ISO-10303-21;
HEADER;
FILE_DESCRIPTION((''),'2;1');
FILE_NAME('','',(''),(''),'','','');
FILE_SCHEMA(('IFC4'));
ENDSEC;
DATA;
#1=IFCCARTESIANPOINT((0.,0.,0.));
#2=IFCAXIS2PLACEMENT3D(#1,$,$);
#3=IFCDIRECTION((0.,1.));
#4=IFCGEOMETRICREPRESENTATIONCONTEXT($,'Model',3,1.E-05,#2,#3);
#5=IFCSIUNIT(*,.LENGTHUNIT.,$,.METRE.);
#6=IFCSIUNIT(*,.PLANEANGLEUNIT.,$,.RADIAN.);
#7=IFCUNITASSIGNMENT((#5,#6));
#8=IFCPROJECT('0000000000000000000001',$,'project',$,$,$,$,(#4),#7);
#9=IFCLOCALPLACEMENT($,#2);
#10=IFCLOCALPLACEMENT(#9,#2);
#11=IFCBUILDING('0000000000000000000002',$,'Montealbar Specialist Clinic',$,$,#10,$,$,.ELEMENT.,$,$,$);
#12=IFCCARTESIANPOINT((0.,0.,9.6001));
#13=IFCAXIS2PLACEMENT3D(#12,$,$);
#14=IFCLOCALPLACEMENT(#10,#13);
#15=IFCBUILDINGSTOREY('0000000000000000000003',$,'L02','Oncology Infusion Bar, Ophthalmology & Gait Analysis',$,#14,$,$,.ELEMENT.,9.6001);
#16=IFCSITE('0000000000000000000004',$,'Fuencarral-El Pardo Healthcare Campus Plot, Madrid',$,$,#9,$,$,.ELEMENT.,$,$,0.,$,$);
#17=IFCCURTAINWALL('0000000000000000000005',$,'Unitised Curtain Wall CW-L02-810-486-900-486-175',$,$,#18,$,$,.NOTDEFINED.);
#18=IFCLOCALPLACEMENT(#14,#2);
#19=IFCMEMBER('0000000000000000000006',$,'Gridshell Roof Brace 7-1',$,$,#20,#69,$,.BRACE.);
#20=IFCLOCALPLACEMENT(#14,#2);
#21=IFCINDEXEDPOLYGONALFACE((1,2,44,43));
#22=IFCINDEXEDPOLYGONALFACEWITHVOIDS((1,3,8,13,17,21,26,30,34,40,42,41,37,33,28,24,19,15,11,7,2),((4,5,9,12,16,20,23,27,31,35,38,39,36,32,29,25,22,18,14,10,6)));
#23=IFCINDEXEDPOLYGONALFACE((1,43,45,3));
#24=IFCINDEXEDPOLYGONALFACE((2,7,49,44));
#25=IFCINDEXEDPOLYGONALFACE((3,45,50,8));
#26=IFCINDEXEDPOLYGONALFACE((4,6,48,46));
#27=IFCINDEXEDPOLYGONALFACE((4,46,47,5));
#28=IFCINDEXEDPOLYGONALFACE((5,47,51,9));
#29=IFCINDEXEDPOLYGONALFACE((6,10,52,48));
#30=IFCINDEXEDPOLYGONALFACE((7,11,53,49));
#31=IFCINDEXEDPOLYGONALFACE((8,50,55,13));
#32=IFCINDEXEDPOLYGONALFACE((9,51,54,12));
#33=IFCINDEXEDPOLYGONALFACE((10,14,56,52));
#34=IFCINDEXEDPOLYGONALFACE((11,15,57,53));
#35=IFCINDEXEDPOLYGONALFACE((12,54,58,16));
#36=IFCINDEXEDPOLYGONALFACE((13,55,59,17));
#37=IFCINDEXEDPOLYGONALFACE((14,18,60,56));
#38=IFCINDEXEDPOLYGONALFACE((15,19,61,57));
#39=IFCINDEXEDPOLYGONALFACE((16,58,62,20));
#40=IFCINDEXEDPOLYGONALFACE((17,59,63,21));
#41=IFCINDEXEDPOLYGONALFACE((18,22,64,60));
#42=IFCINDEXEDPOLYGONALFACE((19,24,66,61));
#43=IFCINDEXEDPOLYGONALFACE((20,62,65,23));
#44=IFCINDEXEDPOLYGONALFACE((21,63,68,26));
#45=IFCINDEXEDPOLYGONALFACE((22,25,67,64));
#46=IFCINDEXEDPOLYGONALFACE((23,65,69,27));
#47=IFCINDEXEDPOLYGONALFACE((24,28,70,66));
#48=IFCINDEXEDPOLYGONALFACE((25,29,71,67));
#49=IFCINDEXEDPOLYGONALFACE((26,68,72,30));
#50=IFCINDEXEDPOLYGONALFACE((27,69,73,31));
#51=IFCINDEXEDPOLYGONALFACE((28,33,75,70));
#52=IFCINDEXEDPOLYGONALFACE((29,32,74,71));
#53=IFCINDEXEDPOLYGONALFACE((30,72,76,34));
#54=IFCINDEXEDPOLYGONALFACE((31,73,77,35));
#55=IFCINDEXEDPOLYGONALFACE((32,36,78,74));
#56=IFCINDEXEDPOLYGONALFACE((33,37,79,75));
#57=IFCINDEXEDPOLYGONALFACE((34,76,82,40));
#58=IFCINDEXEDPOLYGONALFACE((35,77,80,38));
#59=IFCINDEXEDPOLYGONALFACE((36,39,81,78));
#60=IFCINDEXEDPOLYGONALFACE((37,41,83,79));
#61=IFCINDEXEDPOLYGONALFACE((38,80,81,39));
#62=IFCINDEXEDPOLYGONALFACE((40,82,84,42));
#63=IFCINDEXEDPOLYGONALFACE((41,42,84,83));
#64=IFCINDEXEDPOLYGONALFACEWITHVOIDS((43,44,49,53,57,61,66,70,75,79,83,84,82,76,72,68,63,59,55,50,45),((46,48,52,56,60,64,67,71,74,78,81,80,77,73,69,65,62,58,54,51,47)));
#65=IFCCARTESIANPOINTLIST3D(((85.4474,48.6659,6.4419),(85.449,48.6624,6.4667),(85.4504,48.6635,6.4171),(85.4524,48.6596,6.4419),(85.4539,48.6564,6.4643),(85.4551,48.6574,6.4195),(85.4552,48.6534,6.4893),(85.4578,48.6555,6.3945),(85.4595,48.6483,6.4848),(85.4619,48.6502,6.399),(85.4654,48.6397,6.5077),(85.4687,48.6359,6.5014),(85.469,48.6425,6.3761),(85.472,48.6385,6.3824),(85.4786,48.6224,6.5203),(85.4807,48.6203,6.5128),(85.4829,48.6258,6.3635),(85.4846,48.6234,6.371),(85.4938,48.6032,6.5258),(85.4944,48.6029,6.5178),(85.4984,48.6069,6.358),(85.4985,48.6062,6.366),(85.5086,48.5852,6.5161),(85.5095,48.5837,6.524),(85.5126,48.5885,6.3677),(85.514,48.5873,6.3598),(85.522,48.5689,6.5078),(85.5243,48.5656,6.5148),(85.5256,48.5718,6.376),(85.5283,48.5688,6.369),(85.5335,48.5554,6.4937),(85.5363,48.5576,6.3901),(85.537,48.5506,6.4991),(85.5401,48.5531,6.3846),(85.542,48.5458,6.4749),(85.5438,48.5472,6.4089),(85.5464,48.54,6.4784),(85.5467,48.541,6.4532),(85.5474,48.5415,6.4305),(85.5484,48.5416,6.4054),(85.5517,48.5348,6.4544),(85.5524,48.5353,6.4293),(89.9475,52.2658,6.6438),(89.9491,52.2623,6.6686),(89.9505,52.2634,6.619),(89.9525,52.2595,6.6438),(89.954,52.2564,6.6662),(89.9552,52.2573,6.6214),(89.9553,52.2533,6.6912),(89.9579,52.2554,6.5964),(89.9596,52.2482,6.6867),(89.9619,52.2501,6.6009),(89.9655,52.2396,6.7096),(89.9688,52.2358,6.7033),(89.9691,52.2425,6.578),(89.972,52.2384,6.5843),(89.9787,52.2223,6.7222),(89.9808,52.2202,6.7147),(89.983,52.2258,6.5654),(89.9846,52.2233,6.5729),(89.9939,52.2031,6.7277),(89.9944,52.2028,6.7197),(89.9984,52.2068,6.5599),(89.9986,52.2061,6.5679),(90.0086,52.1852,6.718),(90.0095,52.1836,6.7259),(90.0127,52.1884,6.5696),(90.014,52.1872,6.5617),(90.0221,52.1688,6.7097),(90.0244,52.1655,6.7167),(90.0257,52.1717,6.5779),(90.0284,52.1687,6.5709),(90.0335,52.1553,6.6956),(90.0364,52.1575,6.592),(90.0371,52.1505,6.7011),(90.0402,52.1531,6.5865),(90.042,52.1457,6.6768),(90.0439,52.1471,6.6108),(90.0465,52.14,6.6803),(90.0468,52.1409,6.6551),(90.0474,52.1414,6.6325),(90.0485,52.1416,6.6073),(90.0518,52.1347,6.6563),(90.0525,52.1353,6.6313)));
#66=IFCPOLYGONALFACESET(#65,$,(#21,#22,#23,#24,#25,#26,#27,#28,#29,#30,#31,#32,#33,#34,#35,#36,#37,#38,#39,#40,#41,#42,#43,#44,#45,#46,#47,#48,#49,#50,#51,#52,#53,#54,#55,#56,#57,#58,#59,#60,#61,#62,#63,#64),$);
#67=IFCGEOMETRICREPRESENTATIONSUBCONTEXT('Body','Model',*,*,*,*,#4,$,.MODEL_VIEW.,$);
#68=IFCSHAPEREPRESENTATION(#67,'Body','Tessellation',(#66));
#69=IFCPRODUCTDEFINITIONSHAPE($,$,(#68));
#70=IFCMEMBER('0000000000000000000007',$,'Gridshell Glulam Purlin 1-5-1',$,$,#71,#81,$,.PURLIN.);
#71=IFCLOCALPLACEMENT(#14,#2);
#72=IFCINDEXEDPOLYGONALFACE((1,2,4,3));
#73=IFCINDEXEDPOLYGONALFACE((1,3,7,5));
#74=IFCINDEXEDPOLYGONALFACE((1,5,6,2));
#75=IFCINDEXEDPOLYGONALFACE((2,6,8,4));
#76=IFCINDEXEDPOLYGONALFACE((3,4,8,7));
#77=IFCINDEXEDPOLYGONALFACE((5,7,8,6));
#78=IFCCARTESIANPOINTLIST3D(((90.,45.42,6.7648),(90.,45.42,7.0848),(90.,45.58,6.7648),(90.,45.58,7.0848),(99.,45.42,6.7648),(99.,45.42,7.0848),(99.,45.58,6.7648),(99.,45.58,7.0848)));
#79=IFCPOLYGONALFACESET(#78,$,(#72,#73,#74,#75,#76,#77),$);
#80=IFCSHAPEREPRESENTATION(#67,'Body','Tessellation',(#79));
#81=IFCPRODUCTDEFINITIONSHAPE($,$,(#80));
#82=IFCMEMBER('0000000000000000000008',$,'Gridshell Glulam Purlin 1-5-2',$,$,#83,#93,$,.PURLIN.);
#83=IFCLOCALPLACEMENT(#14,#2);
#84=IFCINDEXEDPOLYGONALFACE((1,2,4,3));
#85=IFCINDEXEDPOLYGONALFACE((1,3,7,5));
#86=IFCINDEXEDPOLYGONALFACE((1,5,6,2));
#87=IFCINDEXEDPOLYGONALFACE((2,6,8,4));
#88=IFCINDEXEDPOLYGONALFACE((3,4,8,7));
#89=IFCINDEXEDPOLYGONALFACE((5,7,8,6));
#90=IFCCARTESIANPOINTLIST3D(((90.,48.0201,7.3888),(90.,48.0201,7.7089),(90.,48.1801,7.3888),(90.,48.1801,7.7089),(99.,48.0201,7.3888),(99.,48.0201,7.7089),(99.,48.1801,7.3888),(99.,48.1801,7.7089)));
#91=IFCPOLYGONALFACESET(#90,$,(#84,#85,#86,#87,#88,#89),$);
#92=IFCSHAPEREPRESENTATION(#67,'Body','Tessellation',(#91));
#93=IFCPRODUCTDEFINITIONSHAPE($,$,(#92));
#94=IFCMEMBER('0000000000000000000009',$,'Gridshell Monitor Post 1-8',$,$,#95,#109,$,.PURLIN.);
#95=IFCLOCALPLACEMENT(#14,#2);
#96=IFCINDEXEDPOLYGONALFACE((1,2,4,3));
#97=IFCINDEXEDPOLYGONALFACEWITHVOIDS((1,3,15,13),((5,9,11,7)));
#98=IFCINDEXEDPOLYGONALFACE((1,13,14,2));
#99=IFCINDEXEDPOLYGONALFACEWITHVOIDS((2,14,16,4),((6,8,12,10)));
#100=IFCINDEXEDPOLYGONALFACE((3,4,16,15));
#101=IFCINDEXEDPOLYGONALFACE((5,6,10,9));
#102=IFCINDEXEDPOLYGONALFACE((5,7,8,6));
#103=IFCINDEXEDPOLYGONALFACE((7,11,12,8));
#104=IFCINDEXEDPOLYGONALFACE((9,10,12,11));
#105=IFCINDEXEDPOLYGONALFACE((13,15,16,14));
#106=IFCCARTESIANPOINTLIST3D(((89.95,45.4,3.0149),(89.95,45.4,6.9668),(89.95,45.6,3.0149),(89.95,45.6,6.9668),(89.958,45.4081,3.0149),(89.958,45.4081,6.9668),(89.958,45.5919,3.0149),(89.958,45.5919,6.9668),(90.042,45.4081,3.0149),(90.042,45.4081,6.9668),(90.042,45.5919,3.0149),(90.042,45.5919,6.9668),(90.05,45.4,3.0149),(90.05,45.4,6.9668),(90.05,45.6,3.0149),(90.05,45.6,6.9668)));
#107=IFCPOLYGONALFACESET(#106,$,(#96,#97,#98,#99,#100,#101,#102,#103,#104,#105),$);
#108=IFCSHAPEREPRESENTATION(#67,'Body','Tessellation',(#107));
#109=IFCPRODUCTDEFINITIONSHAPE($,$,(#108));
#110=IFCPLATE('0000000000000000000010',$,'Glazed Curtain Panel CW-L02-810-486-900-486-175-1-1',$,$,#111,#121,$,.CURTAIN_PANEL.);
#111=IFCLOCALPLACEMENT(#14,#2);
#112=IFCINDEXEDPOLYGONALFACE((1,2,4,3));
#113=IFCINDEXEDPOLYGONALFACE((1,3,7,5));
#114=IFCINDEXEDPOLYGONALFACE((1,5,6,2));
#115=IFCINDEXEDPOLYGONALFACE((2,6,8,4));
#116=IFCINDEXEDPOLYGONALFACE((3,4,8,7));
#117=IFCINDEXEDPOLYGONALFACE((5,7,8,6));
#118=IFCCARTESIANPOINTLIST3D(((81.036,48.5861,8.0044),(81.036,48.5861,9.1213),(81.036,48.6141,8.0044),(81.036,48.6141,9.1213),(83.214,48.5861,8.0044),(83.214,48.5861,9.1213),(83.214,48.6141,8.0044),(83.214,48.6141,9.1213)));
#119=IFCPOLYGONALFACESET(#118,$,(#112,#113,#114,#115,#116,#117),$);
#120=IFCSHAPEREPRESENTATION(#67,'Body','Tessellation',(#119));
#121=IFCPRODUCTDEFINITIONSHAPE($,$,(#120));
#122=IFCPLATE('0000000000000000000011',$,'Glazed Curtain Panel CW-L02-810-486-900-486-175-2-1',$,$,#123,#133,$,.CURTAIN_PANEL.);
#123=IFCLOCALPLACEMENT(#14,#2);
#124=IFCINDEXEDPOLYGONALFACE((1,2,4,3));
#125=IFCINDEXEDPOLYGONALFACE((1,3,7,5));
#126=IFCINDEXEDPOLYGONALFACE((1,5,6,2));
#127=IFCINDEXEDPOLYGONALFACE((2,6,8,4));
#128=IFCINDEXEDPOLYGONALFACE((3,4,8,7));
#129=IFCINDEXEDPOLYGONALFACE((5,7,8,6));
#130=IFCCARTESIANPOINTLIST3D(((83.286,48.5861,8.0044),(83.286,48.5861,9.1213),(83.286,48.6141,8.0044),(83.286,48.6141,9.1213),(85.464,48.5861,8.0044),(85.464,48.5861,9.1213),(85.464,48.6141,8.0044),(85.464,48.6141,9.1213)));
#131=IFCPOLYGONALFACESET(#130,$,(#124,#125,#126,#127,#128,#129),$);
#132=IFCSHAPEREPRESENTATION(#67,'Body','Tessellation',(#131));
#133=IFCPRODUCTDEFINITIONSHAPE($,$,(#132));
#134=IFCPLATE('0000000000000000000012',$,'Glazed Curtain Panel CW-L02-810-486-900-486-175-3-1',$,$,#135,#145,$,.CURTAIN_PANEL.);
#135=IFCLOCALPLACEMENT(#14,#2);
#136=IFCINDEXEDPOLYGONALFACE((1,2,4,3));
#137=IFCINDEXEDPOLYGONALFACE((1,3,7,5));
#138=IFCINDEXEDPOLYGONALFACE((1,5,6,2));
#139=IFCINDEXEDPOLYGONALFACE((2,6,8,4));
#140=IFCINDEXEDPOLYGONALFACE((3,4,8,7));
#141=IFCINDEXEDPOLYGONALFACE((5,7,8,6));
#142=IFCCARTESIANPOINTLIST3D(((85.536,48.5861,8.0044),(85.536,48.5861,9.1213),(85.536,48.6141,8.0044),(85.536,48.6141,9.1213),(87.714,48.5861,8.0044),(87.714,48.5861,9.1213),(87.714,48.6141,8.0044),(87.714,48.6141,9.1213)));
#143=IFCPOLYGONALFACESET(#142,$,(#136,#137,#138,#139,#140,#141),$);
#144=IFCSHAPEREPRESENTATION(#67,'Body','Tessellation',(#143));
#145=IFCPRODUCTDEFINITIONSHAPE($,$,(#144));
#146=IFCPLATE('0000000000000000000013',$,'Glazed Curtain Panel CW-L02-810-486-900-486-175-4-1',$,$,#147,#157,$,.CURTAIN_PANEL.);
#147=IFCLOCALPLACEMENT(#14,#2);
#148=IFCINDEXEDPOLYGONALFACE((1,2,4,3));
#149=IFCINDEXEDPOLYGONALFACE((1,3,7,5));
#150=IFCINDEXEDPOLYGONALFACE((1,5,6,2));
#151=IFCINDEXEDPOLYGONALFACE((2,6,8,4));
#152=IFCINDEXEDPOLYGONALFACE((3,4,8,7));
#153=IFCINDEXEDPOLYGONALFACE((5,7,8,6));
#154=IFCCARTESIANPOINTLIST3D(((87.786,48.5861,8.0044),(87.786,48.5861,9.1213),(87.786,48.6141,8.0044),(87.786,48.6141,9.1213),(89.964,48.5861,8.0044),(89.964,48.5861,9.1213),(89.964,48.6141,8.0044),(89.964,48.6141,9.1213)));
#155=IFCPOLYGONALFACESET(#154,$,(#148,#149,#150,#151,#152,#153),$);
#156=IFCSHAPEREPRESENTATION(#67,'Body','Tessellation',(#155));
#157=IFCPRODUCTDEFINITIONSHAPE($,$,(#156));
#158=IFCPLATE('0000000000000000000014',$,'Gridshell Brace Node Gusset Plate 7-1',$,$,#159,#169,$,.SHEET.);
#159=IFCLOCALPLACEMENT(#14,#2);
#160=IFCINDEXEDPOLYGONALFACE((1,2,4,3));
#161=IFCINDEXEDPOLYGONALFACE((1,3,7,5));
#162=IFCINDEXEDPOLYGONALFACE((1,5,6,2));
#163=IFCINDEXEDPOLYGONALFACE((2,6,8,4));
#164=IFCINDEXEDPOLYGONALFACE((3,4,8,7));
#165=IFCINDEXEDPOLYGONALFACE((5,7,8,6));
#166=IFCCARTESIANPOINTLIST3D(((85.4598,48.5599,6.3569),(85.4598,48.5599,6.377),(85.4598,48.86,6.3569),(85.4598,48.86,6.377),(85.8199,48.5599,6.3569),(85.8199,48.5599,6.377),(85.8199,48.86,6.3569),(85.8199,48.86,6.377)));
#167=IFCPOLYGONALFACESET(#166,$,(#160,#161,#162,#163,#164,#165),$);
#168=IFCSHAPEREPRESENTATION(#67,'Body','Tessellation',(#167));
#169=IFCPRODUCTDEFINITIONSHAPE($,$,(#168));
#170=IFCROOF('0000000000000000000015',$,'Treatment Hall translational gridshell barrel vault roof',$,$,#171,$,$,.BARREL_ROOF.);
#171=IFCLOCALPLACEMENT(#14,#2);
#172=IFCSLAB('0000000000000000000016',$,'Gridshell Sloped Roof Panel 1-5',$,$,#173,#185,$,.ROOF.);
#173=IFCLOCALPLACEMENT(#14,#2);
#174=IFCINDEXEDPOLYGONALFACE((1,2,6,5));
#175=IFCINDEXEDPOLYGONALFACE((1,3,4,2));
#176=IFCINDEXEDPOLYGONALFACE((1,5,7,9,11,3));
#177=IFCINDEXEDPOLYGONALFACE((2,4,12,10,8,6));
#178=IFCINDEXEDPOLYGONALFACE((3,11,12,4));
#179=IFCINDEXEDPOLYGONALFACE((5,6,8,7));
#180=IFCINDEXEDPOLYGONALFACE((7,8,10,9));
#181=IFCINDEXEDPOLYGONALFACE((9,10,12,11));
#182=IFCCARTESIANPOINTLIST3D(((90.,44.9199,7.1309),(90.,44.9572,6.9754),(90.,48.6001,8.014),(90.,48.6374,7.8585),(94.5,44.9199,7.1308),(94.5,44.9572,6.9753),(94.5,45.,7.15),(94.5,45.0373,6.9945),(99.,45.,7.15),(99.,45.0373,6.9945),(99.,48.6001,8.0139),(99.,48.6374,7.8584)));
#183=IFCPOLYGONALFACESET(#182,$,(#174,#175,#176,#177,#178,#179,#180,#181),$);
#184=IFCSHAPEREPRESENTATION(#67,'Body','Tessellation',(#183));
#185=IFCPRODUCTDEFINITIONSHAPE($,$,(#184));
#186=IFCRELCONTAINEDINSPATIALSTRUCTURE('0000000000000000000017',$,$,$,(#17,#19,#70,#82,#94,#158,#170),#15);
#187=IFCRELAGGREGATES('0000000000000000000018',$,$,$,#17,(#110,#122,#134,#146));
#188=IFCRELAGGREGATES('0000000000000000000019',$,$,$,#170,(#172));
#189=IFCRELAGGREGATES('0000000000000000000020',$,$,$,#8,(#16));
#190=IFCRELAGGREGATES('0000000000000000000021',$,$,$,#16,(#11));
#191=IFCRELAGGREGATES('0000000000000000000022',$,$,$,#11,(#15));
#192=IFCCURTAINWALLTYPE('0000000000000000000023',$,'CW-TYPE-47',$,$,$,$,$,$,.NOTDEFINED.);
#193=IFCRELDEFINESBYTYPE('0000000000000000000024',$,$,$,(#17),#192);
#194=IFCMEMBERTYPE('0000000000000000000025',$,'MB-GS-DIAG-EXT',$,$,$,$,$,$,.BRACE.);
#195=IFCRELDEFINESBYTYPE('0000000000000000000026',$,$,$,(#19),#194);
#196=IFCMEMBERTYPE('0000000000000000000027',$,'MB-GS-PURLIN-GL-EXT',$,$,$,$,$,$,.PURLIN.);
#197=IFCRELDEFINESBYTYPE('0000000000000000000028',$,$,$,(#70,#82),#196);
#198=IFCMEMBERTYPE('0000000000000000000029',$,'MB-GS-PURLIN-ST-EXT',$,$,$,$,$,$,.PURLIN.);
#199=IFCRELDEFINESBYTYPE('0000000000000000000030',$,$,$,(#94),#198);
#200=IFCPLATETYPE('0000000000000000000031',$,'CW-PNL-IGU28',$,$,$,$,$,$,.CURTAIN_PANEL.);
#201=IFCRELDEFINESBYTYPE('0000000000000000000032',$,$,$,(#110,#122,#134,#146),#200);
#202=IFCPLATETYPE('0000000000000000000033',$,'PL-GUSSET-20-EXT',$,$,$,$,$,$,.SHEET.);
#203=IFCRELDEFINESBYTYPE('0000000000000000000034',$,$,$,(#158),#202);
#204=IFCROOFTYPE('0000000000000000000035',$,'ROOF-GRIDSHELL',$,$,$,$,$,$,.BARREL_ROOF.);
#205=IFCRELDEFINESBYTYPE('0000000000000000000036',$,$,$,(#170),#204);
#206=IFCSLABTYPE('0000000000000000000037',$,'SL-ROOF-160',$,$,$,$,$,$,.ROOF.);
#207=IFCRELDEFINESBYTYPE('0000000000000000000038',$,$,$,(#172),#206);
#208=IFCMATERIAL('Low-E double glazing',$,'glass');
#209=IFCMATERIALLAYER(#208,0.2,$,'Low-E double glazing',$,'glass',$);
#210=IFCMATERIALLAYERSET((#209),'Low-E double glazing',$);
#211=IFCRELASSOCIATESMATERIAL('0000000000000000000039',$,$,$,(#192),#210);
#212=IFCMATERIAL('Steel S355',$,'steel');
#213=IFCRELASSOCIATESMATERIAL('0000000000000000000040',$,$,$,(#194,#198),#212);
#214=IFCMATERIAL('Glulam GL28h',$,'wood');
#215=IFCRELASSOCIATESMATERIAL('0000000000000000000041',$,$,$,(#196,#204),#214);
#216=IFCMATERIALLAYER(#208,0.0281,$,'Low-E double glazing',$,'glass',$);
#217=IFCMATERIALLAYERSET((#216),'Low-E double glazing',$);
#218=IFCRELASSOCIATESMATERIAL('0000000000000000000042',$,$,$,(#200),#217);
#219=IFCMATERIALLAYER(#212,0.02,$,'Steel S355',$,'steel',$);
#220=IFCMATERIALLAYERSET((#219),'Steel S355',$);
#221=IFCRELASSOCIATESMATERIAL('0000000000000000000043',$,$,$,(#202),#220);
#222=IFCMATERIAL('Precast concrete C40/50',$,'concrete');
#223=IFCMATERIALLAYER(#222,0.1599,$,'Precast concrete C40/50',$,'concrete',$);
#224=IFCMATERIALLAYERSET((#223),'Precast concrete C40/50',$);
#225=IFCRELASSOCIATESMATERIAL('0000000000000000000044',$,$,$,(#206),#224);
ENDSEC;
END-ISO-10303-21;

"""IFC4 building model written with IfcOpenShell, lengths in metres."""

from ifc_helpers import new_model, si_unit, direction, frame, origin, origin_2d, place, context, subcontext, project, spatial, polyline, rectangle, hollow_rectangle, hollow_circle, outline, extrude, material, layer, layer_set, material_profile, profile_set, type_object, element, aggregate, save


model = new_model("IFC4")

# Units and contexts
model_context = context("Model", 3, precision=1e-05, world=origin(), true_north=direction((0.0, 1.0)))
body_context = subcontext(model_context, "Body", "Model", "MODEL_VIEW")
ifc_project = project(units=[si_unit("LENGTHUNIT", "METRE"), si_unit("PLANEANGLEUNIT", "RADIAN")], contexts=[model_context])

# Site, building, storey
site_placement = place(None, origin())
site = spatial("IfcSite", under=ifc_project, at=site_placement, Name="Fuencarral-El Pardo Healthcare Campus Plot, Madrid", CompositionType="ELEMENT", RefElevation=0.0)
building_placement = place(site_placement, origin())
building = spatial("IfcBuilding", under=site, at=building_placement, Name="Montealbar Specialist Clinic", CompositionType="ELEMENT")
storey_placement = place(building_placement, frame((0.0, 0.0, 9.6001)))
storey = spatial("IfcBuildingStorey", under=building, at=storey_placement, Name="L02", Description="Oncology Infusion Bar, Ophthalmology & Gait Analysis", CompositionType="ELEMENT", Elevation=9.6001)

# Shared definitions
ifc_material_1 = material(Name="Steel S355", Category="steel")

# Shared definitions
ifc_material_2 = material(Name="Glulam GL28h", Category="wood")

# Shared definitions
ifc_material_3 = material(Name="Low-E double glazing", Category="glass")

# Curtain wall
ifc_layer_1 = layer(ifc_material_3, 0.2, Name="Low-E double glazing", Category="glass")
ifc_layer_set_1 = layer_set([ifc_layer_1], Name="Low-E double glazing")
curtain_wall_type_1 = type_object("IfcCurtainWallType", Name="CW-TYPE-47", PredefinedType="NOTDEFINED", material=ifc_layer_set_1)
curtain_wall_1_placement = place(storey_placement, origin())
curtain_wall_1 = element("IfcCurtainWall", 1, at=curtain_wall_1_placement, inside=storey, type_object=curtain_wall_type_1, Name="Unitised Curtain Wall CW-L02-810-486-900-486-175", PredefinedType="NOTDEFINED")

# Members
ifc_material_profile_1 = material_profile(ifc_material_1, hollow_circle(Radius=0.0842, WallThickness=0.0081, at=origin_2d()), Name="CHS 168.3x8.0", Category="steel")
ifc_profile_set_1 = profile_set([ifc_material_profile_1], Name="Steel S355")
member_type_1 = type_object("IfcMemberType", Name="MB-GS-DIAG-EXT", PredefinedType="BRACE", material=ifc_profile_set_1)
member_1_placement = place(storey_placement, frame((85.5, 48.6001, 6.4419), z_axis=(0.780402, 0.624296, 0.035015), x_axis=(-0.62468, 0.780881, 0.0)))
element("IfcMember", 2, at=member_1_placement, inside=storey, type_object=member_type_1, Name="Gridshell Roof Brace 7-1", PredefinedType="BRACE", context=body_context, shape_type="SweptSolid", body=[
    extrude(hollow_circle(Radius=0.0842, WallThickness=0.0081, at=origin_2d()), origin(), (0.0, 0.0, 1.0), 5.7664),
])
ifc_material_profile_2 = material_profile(ifc_material_2, rectangle(XDim=0.1599, YDim=0.3201, at=origin_2d()), Name="GL28h 160x320", Category="wood")
ifc_profile_set_2 = profile_set([ifc_material_profile_2], Name="Glulam GL28h")
member_type_2 = type_object("IfcMemberType", Name="MB-GS-PURLIN-GL-EXT", PredefinedType="PURLIN", material=ifc_profile_set_2)
for number, where, z_axis, x_axis, name in (
    (3, (90.0, 45.5, 6.9248), (1.0, 0.0, 0.0), (0.0, 1.0, 0.0), "Gridshell Glulam Purlin 1-5-1"),
    (4, (90.0, 48.1001, 7.5488), (1.0, 0.0, 0.0), (0.0, 1.0, 0.0), "Gridshell Glulam Purlin 1-5-2"),
):
    element("IfcMember", number, at=place(storey_placement, frame(where, z_axis=z_axis, x_axis=x_axis)), inside=storey, type_object=member_type_2, Name=name, PredefinedType="PURLIN", context=body_context, shape_type="SweptSolid", body=[
        extrude(rectangle(XDim=0.1599, YDim=0.3201, at=origin_2d()), origin(), (0.0, 0.0, 1.0), 9.0),
    ])
ifc_material_profile_3 = material_profile(ifc_material_1, hollow_rectangle(XDim=0.1001, YDim=0.2, WallThickness=0.0081, at=origin_2d()), Name="RHS 200x100x8", Category="steel")
ifc_profile_set_3 = profile_set([ifc_material_profile_3], Name="Steel S355")
member_type_3 = type_object("IfcMemberType", Name="MB-GS-PURLIN-ST-EXT", PredefinedType="PURLIN", material=ifc_profile_set_3)
member_2_placement = place(storey_placement, frame((90.0, 45.5, 3.0149), z_axis=(0.0, 0.0, 1.0), x_axis=(1.0, 0.0, 0.0)))
element("IfcMember", 5, at=member_2_placement, inside=storey, type_object=member_type_3, Name="Gridshell Monitor Post 1-8", PredefinedType="PURLIN", context=body_context, shape_type="SweptSolid", body=[
    extrude(hollow_rectangle(XDim=0.1001, YDim=0.2, WallThickness=0.0081, at=origin_2d()), origin(), (0.0, 0.0, 1.0), 3.9519),
])

# Plates
ifc_layer_2 = layer(ifc_material_3, 0.0281, Name="Low-E double glazing", Category="glass")
ifc_layer_set_2 = layer_set([ifc_layer_2], Name="Low-E double glazing")
plate_type_1 = type_object("IfcPlateType", Name="CW-PNL-IGU28", PredefinedType="CURTAIN_PANEL", material=ifc_layer_set_2)
plate_1_placement = place(storey_placement, frame((82.125, 48.6001, 8.0044), z_axis=(0.0, 0.0, 1.0), x_axis=(1.0, 0.0, 0.0)))
plate_1 = element("IfcPlate", 6, at=plate_1_placement, type_object=plate_type_1, Name="Glazed Curtain Panel CW-L02-810-486-900-486-175-1-1", PredefinedType="CURTAIN_PANEL", context=body_context, shape_type="SweptSolid", body=[
    extrude(rectangle(XDim=2.178, YDim=0.0281, at=origin_2d()), origin(), (0.0, 0.0, 1.0), 1.1169),
])
plate_2_placement = place(storey_placement, frame((84.375, 48.6001, 8.0044), z_axis=(0.0, 0.0, 1.0), x_axis=(1.0, 0.0, 0.0)))
plate_2 = element("IfcPlate", 7, at=plate_2_placement, type_object=plate_type_1, Name="Glazed Curtain Panel CW-L02-810-486-900-486-175-2-1", PredefinedType="CURTAIN_PANEL", context=body_context, shape_type="SweptSolid", body=[
    extrude(rectangle(XDim=2.178, YDim=0.0281, at=origin_2d()), origin(), (0.0, 0.0, 1.0), 1.1169),
])
plate_3_placement = place(storey_placement, frame((86.625, 48.6001, 8.0044), z_axis=(0.0, 0.0, 1.0), x_axis=(1.0, 0.0, 0.0)))
plate_3 = element("IfcPlate", 8, at=plate_3_placement, type_object=plate_type_1, Name="Glazed Curtain Panel CW-L02-810-486-900-486-175-3-1", PredefinedType="CURTAIN_PANEL", context=body_context, shape_type="SweptSolid", body=[
    extrude(rectangle(XDim=2.178, YDim=0.0281, at=origin_2d()), origin(), (0.0, 0.0, 1.0), 1.1169),
])
plate_4_placement = place(storey_placement, frame((88.875, 48.6001, 8.0044), z_axis=(0.0, 0.0, 1.0), x_axis=(1.0, 0.0, 0.0)))
plate_4 = element("IfcPlate", 9, at=plate_4_placement, type_object=plate_type_1, Name="Glazed Curtain Panel CW-L02-810-486-900-486-175-4-1", PredefinedType="CURTAIN_PANEL", context=body_context, shape_type="SweptSolid", body=[
    extrude(rectangle(XDim=2.178, YDim=0.0281, at=origin_2d()), origin(), (0.0, 0.0, 1.0), 1.1169),
])
aggregate(curtain_wall_1, [plate_1, plate_2, plate_3, plate_4])
ifc_layer_3 = layer(ifc_material_1, 0.02, Name="Steel S355", Category="steel")
ifc_layer_set_3 = layer_set([ifc_layer_3], Name="Steel S355")
plate_type_2 = type_object("IfcPlateType", Name="PL-GUSSET-20-EXT", PredefinedType="SHEET", material=ifc_layer_set_3)
plate_5_placement = place(storey_placement, frame((85.6399, 48.71, 6.3569), z_axis=(0.0, 0.0, 1.0), x_axis=(1.0, 0.0, 0.0)))
element("IfcPlate", 10, at=plate_5_placement, inside=storey, type_object=plate_type_2, Name="Gridshell Brace Node Gusset Plate 7-1", PredefinedType="SHEET", context=body_context, shape_type="SweptSolid", body=[
    extrude(rectangle(XDim=0.3601, YDim=0.3, at=origin_2d()), origin(), (0.0, 0.0, 1.0), 0.02),
])

# Roof, slab
roof_type = type_object("IfcRoofType", Name="ROOF-GRIDSHELL", PredefinedType="BARREL_ROOF", material=ifc_material_2)
roof_placement = place(storey_placement, origin())
roof = element("IfcRoof", 11, at=roof_placement, inside=storey, type_object=roof_type, Name="Treatment Hall translational gridshell barrel vault roof", PredefinedType="BARREL_ROOF")
ifc_material_4 = material(Name="Precast concrete C40/50", Category="concrete")
ifc_layer_4 = layer(ifc_material_4, 0.1599, Name="Precast concrete C40/50", Category="concrete")
ifc_layer_set_4 = layer_set([ifc_layer_4], Name="Precast concrete C40/50")
slab_type = type_object("IfcSlabType", Name="SL-ROOF-160", PredefinedType="ROOF", material=ifc_layer_set_4)
slab_1_placement = place(storey_placement, frame((90.0, 44.9199, 7.1309), z_axis=(0.000009, -0.233348, 0.972393), x_axis=(1.0, 0.000002, -0.000009)))
slab_1 = element("IfcSlab", 12, at=slab_1_placement, type_object=slab_type, Name="Gridshell Sloped Roof Panel 1-5", PredefinedType="ROOF", context=body_context, shape_type="SweptSolid", body=[
    extrude(outline(polyline([(0.0, 0.0), (4.5, 0.0), (4.5, 0.0823), (9.0, 0.0823), (9.0, 3.7846), (0.0, 3.7846), (0.0, 0.0)])), origin(), (0.0, 0.0, -1.0), 0.1599),
])
aggregate(roof, [slab_1])

save(model, "model.ifc")
